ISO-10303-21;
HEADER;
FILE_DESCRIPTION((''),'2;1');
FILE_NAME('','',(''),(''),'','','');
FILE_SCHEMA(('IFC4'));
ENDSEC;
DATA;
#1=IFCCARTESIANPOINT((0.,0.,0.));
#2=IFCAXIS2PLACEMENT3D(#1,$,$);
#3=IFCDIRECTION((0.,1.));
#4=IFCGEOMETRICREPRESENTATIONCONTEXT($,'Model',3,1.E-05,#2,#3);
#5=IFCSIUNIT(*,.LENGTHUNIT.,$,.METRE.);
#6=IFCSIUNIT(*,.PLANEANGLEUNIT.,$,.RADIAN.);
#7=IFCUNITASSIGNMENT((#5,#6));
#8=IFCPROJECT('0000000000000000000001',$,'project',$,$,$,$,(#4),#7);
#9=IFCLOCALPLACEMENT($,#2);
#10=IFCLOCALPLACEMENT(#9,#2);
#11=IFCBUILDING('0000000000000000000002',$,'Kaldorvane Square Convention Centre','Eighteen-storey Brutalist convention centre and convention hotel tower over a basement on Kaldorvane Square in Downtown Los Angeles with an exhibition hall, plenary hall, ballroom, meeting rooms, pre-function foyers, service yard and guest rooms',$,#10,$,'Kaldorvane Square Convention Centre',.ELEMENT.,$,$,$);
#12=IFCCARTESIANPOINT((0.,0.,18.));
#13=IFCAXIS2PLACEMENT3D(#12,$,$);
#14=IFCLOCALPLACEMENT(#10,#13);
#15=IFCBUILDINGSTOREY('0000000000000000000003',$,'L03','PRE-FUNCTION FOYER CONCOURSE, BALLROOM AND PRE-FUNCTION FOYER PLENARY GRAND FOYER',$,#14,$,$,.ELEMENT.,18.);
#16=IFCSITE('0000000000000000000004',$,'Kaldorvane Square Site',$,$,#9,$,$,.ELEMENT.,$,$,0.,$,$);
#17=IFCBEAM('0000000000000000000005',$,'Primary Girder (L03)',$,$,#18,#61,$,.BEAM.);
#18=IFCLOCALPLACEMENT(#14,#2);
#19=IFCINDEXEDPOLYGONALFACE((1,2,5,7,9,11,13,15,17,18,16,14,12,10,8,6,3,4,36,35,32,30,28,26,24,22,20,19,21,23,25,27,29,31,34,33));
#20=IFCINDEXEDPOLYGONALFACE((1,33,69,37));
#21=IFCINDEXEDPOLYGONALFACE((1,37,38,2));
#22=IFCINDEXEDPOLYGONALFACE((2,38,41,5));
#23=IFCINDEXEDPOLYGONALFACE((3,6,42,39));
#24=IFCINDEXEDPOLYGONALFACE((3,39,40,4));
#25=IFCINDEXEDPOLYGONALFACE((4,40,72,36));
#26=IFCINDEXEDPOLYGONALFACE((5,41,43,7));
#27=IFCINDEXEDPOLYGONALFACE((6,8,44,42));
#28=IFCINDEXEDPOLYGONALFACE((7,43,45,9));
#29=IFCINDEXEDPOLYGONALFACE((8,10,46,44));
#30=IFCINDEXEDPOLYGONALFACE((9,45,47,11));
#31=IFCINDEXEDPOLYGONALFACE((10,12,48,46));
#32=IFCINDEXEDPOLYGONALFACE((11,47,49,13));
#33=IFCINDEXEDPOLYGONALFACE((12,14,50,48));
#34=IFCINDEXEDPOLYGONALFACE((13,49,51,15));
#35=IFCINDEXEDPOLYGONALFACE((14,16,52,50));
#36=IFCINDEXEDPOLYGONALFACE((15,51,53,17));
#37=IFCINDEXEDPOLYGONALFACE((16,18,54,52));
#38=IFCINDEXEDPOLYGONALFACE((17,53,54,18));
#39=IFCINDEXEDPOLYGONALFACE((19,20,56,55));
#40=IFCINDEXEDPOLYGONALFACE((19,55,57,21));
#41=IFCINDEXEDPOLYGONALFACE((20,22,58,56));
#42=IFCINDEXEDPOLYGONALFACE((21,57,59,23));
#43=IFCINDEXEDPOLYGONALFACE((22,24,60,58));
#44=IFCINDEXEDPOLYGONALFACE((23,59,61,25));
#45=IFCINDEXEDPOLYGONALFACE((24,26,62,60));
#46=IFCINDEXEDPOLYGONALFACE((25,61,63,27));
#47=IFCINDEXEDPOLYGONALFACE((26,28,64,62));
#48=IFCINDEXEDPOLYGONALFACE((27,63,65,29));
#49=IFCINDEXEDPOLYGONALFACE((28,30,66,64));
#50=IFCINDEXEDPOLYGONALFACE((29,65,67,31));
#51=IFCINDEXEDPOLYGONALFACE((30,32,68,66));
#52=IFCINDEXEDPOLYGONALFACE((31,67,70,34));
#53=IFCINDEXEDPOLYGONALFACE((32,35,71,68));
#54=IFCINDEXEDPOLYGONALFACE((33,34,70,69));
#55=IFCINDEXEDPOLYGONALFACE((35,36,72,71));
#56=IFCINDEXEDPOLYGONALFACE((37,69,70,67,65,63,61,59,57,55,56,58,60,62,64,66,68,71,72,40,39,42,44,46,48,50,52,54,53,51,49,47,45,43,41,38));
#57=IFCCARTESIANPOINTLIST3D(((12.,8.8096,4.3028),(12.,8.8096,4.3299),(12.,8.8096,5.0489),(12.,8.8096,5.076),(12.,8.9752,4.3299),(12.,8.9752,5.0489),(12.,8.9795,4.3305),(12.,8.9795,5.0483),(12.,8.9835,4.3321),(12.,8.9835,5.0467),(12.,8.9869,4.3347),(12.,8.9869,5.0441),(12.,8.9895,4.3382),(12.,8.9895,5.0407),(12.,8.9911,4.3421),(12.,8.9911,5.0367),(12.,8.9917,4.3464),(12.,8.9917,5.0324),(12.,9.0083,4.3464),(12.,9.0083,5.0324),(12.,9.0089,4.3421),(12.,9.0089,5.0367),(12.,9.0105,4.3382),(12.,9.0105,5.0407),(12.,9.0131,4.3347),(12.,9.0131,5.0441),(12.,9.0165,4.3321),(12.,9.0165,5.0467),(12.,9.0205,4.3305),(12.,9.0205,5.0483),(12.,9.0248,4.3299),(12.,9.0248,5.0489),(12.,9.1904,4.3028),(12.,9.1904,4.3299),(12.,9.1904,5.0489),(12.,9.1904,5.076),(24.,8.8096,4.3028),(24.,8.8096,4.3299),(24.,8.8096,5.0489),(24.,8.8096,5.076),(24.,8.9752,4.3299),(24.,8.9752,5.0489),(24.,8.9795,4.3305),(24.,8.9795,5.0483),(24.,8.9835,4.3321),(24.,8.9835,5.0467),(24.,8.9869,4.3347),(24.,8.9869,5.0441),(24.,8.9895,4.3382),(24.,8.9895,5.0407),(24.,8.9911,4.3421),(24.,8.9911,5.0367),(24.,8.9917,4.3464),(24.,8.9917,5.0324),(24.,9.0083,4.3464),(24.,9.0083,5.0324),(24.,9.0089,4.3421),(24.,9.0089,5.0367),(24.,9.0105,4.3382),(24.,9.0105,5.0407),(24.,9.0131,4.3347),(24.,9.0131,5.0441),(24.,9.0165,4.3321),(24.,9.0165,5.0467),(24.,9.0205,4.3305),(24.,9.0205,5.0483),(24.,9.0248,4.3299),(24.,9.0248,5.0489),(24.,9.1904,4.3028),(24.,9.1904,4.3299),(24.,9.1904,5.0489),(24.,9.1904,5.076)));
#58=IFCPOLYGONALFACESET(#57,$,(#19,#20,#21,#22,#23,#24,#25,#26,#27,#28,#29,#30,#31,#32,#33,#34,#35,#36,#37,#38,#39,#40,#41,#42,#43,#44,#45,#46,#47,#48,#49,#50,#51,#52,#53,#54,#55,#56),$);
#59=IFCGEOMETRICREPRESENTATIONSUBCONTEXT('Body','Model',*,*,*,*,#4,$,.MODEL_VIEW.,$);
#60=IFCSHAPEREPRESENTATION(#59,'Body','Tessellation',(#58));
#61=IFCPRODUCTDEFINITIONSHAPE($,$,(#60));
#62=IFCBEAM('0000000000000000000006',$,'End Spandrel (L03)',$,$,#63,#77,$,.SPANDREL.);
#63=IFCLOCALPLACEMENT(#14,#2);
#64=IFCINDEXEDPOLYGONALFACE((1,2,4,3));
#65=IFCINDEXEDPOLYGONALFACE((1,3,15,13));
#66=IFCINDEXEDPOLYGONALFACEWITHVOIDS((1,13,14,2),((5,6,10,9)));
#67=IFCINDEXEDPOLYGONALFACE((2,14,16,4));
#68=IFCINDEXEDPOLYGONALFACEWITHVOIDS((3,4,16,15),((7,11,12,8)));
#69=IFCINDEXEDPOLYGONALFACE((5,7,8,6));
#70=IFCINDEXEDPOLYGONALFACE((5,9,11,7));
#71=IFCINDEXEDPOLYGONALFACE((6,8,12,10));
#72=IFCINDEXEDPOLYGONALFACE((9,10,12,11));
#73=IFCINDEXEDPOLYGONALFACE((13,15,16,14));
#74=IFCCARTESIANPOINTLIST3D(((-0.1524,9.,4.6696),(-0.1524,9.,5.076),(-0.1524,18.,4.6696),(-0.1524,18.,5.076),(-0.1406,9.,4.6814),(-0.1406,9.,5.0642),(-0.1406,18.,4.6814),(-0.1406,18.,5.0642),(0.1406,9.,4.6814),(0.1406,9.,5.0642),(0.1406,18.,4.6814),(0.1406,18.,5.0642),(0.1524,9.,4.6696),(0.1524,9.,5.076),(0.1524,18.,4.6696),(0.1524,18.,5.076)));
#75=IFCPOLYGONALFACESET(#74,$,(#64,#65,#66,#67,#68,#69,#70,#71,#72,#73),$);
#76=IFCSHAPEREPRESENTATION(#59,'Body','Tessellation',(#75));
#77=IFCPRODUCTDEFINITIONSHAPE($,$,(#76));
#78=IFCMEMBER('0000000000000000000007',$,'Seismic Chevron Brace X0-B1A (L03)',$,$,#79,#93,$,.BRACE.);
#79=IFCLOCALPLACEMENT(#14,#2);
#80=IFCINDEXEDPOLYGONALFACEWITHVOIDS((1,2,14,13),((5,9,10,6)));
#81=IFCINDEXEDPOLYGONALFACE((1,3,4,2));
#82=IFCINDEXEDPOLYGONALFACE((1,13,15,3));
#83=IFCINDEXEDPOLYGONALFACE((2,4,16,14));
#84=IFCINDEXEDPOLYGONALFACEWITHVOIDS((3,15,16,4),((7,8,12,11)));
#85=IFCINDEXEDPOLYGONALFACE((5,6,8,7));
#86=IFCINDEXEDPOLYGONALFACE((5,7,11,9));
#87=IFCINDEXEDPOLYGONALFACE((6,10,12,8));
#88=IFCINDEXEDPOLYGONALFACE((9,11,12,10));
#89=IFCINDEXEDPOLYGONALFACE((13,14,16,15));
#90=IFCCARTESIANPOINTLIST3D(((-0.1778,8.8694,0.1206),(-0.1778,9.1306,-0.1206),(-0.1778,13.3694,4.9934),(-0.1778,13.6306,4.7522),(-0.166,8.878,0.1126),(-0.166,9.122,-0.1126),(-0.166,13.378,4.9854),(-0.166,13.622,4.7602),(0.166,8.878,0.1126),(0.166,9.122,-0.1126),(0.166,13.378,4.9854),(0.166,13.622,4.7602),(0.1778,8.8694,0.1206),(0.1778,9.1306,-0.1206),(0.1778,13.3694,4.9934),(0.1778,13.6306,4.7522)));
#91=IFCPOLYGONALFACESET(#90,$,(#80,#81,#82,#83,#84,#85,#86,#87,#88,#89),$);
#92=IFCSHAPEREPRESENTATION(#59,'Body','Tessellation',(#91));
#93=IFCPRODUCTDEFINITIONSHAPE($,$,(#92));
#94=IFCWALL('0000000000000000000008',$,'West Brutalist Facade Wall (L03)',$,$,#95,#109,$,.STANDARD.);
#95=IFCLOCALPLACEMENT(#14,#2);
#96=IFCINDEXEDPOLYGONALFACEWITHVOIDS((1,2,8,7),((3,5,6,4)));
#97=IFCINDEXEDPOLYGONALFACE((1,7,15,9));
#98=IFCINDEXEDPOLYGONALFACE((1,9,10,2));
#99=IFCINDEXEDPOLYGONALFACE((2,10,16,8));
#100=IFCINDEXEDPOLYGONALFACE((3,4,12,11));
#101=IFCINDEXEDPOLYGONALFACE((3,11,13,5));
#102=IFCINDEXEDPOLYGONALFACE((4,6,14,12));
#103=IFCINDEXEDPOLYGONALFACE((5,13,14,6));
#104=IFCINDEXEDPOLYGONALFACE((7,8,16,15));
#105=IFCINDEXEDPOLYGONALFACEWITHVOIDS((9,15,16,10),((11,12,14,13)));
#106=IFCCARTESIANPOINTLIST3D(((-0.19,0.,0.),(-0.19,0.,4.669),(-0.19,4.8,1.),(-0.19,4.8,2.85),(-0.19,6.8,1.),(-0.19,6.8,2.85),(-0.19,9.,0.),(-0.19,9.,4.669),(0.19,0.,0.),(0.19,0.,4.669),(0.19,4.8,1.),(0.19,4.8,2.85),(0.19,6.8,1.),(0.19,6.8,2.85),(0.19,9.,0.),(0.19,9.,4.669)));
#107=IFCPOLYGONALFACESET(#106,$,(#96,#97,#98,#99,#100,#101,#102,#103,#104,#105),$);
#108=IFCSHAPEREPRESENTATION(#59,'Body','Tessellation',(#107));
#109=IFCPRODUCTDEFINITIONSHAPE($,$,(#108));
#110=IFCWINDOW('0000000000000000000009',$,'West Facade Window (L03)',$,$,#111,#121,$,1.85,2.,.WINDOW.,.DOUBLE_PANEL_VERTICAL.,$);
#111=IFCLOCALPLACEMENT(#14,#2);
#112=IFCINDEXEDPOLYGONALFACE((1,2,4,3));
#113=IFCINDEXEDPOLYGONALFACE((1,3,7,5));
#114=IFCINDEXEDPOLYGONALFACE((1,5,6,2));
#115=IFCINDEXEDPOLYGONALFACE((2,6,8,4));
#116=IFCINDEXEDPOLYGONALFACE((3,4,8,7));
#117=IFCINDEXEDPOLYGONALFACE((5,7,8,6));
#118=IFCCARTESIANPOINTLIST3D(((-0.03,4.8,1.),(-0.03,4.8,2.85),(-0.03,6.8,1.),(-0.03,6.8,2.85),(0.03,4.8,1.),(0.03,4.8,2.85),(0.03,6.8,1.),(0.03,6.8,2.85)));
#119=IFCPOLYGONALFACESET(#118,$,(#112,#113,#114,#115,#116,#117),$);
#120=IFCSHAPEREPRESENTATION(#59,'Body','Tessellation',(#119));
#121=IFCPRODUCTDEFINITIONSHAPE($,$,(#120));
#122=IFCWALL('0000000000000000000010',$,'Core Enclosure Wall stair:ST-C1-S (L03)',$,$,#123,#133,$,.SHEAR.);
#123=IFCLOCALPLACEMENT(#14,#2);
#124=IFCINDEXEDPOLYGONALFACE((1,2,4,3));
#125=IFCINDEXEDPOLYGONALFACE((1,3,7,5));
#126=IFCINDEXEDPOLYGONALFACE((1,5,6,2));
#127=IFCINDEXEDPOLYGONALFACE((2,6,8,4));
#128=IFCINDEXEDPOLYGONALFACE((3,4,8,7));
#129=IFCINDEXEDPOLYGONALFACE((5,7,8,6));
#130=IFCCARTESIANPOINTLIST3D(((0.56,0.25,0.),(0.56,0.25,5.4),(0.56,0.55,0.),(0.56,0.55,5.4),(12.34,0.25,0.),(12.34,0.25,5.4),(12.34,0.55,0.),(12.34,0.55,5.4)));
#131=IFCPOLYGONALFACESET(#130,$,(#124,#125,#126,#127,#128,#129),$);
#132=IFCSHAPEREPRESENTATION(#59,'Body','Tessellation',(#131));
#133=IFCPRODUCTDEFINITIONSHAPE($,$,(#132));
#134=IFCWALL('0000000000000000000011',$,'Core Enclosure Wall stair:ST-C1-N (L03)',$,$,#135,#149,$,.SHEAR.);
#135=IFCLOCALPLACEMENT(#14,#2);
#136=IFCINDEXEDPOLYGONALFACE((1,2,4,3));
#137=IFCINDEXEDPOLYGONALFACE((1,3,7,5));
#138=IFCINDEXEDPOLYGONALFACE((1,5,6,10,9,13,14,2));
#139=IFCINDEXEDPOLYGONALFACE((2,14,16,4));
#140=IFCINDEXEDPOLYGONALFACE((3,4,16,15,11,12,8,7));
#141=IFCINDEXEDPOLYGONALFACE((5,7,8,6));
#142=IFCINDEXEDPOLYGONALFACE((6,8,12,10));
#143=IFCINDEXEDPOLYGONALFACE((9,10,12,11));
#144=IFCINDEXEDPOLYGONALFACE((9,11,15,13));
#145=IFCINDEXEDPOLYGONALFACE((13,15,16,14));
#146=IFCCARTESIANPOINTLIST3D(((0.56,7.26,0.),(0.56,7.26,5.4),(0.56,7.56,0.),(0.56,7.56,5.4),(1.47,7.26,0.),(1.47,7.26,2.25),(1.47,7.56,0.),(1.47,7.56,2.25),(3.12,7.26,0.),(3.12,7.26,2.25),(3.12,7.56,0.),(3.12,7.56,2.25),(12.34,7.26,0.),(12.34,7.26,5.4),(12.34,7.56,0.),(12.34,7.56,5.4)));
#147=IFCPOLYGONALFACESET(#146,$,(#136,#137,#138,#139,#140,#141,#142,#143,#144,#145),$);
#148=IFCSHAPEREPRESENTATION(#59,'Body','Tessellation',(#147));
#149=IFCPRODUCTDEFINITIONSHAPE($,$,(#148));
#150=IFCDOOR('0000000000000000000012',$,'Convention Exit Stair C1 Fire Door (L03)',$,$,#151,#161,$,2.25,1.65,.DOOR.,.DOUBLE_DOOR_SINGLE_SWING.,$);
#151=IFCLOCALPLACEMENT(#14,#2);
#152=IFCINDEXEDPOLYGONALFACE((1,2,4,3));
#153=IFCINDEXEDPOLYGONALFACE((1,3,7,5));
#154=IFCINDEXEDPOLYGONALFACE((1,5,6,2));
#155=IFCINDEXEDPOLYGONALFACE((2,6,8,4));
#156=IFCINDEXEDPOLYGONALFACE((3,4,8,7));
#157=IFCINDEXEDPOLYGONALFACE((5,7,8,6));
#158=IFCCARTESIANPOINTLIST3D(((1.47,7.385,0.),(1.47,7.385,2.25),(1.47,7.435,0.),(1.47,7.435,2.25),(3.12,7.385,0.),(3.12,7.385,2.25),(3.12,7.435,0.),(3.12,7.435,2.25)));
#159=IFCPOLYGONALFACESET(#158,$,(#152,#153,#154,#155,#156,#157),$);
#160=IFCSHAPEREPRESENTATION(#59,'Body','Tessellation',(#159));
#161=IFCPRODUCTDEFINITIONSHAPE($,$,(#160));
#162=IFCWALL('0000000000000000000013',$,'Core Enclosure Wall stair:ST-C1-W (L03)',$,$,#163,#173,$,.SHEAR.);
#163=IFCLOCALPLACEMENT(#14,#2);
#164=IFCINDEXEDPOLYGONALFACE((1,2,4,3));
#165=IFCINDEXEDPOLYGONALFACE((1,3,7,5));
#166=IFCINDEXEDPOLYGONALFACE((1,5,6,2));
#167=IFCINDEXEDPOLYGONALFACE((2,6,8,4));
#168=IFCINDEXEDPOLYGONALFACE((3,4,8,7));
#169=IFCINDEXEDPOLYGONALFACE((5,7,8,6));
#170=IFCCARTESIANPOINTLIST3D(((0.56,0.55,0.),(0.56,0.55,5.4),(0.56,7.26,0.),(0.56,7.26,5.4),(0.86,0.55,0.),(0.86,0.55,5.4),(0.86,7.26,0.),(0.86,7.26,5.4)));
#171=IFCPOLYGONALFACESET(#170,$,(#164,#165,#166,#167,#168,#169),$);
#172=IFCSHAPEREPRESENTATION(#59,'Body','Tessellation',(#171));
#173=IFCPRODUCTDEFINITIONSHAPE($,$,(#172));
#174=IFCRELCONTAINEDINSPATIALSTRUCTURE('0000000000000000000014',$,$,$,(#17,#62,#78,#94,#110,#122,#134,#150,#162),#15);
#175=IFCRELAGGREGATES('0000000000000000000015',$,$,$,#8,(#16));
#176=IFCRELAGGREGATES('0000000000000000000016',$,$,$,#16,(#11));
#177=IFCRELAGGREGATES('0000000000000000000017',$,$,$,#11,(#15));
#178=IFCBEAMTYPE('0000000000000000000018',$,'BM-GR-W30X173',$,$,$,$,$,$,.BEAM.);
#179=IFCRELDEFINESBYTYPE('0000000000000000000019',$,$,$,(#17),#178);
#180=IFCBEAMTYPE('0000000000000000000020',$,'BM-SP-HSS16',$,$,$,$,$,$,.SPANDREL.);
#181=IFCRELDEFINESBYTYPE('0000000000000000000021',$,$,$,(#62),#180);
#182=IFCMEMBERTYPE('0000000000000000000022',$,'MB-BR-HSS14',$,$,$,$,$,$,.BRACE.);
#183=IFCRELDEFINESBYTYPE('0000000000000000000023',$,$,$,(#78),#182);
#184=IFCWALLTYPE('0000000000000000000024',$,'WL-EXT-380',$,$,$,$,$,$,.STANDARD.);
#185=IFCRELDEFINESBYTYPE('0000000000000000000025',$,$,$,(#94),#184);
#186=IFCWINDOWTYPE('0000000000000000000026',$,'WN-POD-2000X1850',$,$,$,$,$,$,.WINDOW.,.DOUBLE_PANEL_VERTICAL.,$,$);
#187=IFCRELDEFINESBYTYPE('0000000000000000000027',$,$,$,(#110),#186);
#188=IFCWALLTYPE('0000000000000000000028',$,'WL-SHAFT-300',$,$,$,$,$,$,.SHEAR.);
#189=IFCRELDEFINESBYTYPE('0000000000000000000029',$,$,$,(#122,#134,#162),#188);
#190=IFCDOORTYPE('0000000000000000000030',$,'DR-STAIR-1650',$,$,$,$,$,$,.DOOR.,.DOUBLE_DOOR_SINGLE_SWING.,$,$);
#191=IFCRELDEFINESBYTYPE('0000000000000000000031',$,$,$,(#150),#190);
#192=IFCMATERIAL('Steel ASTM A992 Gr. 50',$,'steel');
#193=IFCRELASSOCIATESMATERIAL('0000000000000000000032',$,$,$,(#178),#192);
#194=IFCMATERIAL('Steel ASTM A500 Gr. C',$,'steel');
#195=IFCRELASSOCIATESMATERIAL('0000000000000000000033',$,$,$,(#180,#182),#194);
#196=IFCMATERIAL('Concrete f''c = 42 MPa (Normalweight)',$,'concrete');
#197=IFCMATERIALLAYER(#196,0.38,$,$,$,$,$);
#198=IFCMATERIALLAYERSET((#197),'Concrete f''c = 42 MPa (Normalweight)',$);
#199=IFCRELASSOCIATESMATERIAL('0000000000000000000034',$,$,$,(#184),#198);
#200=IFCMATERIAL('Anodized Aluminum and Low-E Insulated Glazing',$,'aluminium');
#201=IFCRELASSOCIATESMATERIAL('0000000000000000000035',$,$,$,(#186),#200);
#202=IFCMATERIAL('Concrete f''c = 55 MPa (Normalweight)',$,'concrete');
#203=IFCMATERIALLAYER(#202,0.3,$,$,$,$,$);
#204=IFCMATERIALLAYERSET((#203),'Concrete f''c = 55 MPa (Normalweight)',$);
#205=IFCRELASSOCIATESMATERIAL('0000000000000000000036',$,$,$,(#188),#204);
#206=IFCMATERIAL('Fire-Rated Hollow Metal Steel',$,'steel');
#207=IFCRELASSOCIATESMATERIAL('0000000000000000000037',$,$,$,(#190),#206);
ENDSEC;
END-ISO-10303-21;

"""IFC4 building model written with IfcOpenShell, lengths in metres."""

from ifc_helpers import new_model, si_unit, direction, frame, frame_2d, origin, origin_2d, place, context, subcontext, project, spatial, rectangle, hollow_rectangle, i_section, extrude, material, layer, layer_set, material_profile, profile_set, type_object, element, fill, save


model = new_model("IFC4")

# Units and contexts
model_context = context("Model", 3, precision=1e-05, world=origin(), true_north=direction((0.0, 1.0)))
body_context = subcontext(model_context, "Body", "Model", "MODEL_VIEW")
ifc_project = project(units=[si_unit("LENGTHUNIT", "METRE"), si_unit("PLANEANGLEUNIT", "RADIAN")], contexts=[model_context])

# Site, building, storey
site_placement = place(None, origin())
site = spatial("IfcSite", under=ifc_project, at=site_placement, Name="Kaldorvane Square Site", CompositionType="ELEMENT", RefElevation=0.0)
building_placement = place(site_placement, origin())
building = spatial("IfcBuilding", under=site, at=building_placement, Name="Kaldorvane Square Convention Centre", Description="Eighteen-storey Brutalist convention centre and convention hotel tower over a basement on Kaldorvane Square in Downtown Los Angeles with an exhibition hall, plenary hall, ballroom, meeting rooms, pre-function foyers, service yard and guest rooms", LongName="Kaldorvane Square Convention Centre", CompositionType="ELEMENT")
storey_placement = place(building_placement, frame((0.0, 0.0, 18.0)))
storey = spatial("IfcBuildingStorey", under=building, at=storey_placement, Name="L03", Description="PRE-FUNCTION FOYER CONCOURSE, BALLROOM AND PRE-FUNCTION FOYER PLENARY GRAND FOYER", CompositionType="ELEMENT", Elevation=18.0)

# Shared definitions
ifc_material_1 = material(Name="Steel ASTM A992 Gr. 50", Category="steel")

# Beams
ifc_material_profile_1 = material_profile(ifc_material_1, i_section(OverallWidth=0.3807, OverallDepth=0.7732, WebThickness=0.0166, FlangeThickness=0.0271, FilletRadius=0.0165, at=origin_2d()), Name="W30X173")
ifc_profile_set_1 = profile_set([ifc_material_profile_1], Name="Steel ASTM A992 Gr. 50")
beam_type_1 = type_object("IfcBeamType", Name="BM-GR-W30X173", PredefinedType="BEAM", material=ifc_profile_set_1)
for number, where, z_axis, x_axis, name in (
    (1, (12.0, 9.0, 4.6894), (1.0, 0.0, 0.0), (0.0, 1.0, 0.0), "Primary Girder (L03)"),
):
    element("IfcBeam", number, at=place(storey_placement, frame(where, z_axis=z_axis, x_axis=x_axis)), inside=storey, type_object=beam_type_1, Name=name, PredefinedType="BEAM", context=body_context, shape_type="SweptSolid", body=[
        extrude(i_section(OverallWidth=0.3807, OverallDepth=0.7732, WebThickness=0.0166, FlangeThickness=0.0271, FilletRadius=0.0165, at=origin_2d()), origin(), (0.0, 0.0, 1.0), 12.0),
    ])
ifc_material_2 = material(Name="Steel ASTM A500 Gr. C", Category="steel")
ifc_material_profile_2 = material_profile(ifc_material_2, hollow_rectangle(XDim=0.3048, YDim=0.4064, WallThickness=0.0118, at=origin_2d()), Name="HSS16X12X1/2")
ifc_profile_set_2 = profile_set([ifc_material_profile_2], Name="Steel ASTM A500 Gr. C")
beam_type_2 = type_object("IfcBeamType", Name="BM-SP-HSS16", PredefinedType="SPANDREL", material=ifc_profile_set_2)
beam_1_placement = place(storey_placement, frame((0.0, 9.0, 4.8728), z_axis=(0.0, 1.0, 0.0), x_axis=(-1.0, 0.0, 0.0)))
element("IfcBeam", 2, at=beam_1_placement, inside=storey, type_object=beam_type_2, Name="End Spandrel (L03)", PredefinedType="SPANDREL", context=body_context, shape_type="SweptSolid", body=[
    extrude(hollow_rectangle(XDim=0.3048, YDim=0.4064, WallThickness=0.0118, at=origin_2d()), origin(), (0.0, 0.0, 1.0), 9.0),
])

# Member
ifc_material_profile_3 = material_profile(ifc_material_2, hollow_rectangle(XDim=0.3556, YDim=0.3556, WallThickness=0.0118, at=origin_2d()), Name="HSS14X14X1/2")
ifc_profile_set_3 = profile_set([ifc_material_profile_3], Name="Steel ASTM A500 Gr. C")
member_type = type_object("IfcMemberType", Name="MB-BR-HSS14", PredefinedType="BRACE", material=ifc_profile_set_3)
member_placement = place(storey_placement, frame((0.0, 9.0, 0.0), z_axis=(0.0, 0.678445, 0.734651), x_axis=(-1.0, 0.0, 0.0)))
element("IfcMember", 3, at=member_placement, inside=storey, type_object=member_type, Name="Seismic Chevron Brace X0-B1A (L03)", PredefinedType="BRACE", context=body_context, shape_type="SweptSolid", body=[
    extrude(hollow_rectangle(XDim=0.3556, YDim=0.3556, WallThickness=0.0118, at=origin_2d()), origin(), (0.0, 0.0, 1.0), 6.6328),
])

# Wall, opening, window
ifc_material_3 = material(Name="Concrete f'c = 42 MPa (Normalweight)", Category="concrete")
ifc_layer_1 = layer(ifc_material_3, 0.38)
ifc_layer_set_1 = layer_set([ifc_layer_1], Name="Concrete f'c = 42 MPa (Normalweight)")
wall_type_1 = type_object("IfcWallType", Name="WL-EXT-380", PredefinedType="STANDARD", material=ifc_layer_set_1)
wall_1_placement = place(storey_placement, frame((0.0, 9.0, 0.0), z_axis=(0.0, 0.0, 1.0), x_axis=(0.0, -1.0, 0.0)))
wall_1 = element("IfcWall", 4, at=wall_1_placement, inside=storey, type_object=wall_type_1, Name="West Brutalist Facade Wall (L03)", PredefinedType="STANDARD", context=body_context, shape_type="SweptSolid", body=[
    extrude(rectangle(XDim=9.0, YDim=0.38, at=frame_2d((4.5, 0.0))), origin(), (0.0, 0.0, 1.0), 4.669),
])
opening_1_placement = place(wall_1_placement, frame((2.2, 0.0, 1.0)))
opening_1 = element("IfcOpeningElement", 5, at=opening_1_placement, cuts=wall_1, PredefinedType="OPENING", context=body_context, shape_type="SweptSolid", body=[
    extrude(rectangle(XDim=2.0, YDim=1.85, at=frame_2d((1.0, 0.925))), frame((0.0, 0.205, 0.0), z_axis=(0.0, -1.0, 0.0), x_axis=(1.0, 0.0, 0.0)), (0.0, 0.0, 1.0), 0.41),
])
ifc_material_4 = material(Name="Anodized Aluminum and Low-E Insulated Glazing", Category="aluminium")
window_type = type_object("IfcWindowType", Name="WN-POD-2000X1850", PartitioningType="DOUBLE_PANEL_VERTICAL", PredefinedType="WINDOW", material=ifc_material_4)
window_placement = place(opening_1_placement, origin())
window = element("IfcWindow", 6, at=window_placement, inside=storey, type_object=window_type, Name="West Facade Window (L03)", OverallHeight=1.85, OverallWidth=2.0, PartitioningType="DOUBLE_PANEL_VERTICAL", PredefinedType="WINDOW", context=body_context, shape_type="SweptSolid", body=[
    extrude(rectangle(XDim=2.0, YDim=1.85, at=frame_2d((1.0, 0.925))), frame((0.0, 0.03, 0.0), z_axis=(0.0, -1.0, 0.0), x_axis=(1.0, 0.0, 0.0)), (0.0, 0.0, 1.0), 0.06),
])
fill(opening_1, window)

# Wall
ifc_material_5 = material(Name="Concrete f'c = 55 MPa (Normalweight)", Category="concrete")
ifc_layer_2 = layer(ifc_material_5, 0.3)
ifc_layer_set_2 = layer_set([ifc_layer_2], Name="Concrete f'c = 55 MPa (Normalweight)")
wall_type_2 = type_object("IfcWallType", Name="WL-SHAFT-300", PredefinedType="SHEAR", material=ifc_layer_set_2)
wall_2_placement = place(storey_placement, frame((12.34, 0.4, 0.0), z_axis=(0.0, 0.0, 1.0), x_axis=(-1.0, 0.0, 0.0)))
element("IfcWall", 7, at=wall_2_placement, inside=storey, type_object=wall_type_2, Name="Core Enclosure Wall stair:ST-C1-S (L03)", PredefinedType="SHEAR", context=body_context, shape_type="SweptSolid", body=[
    extrude(rectangle(XDim=11.78, YDim=0.3, at=frame_2d((5.89, 0.0))), origin(), (0.0, 0.0, 1.0), 5.4),
])

# Wall, opening, door
wall_3_placement = place(storey_placement, frame((12.34, 7.41, 0.0), z_axis=(0.0, 0.0, 1.0), x_axis=(-1.0, 0.0, 0.0)))
wall_3 = element("IfcWall", 8, at=wall_3_placement, inside=storey, type_object=wall_type_2, Name="Core Enclosure Wall stair:ST-C1-N (L03)", PredefinedType="SHEAR", context=body_context, shape_type="SweptSolid", body=[
    extrude(rectangle(XDim=11.78, YDim=0.3, at=frame_2d((5.89, 0.0))), origin(), (0.0, 0.0, 1.0), 5.4),
])
opening_2_placement = place(wall_3_placement, frame((9.22, 0.0, 0.0)))
opening_2 = element("IfcOpeningElement", 9, at=opening_2_placement, cuts=wall_3, PredefinedType="OPENING", context=body_context, shape_type="SweptSolid", body=[
    extrude(rectangle(XDim=1.65, YDim=2.25, at=frame_2d((0.825, 1.125))), frame((0.0, 0.165, 0.0), z_axis=(0.0, -1.0, 0.0), x_axis=(1.0, 0.0, 0.0)), (0.0, 0.0, 1.0), 0.33),
])
ifc_material_6 = material(Name="Fire-Rated Hollow Metal Steel", Category="steel")
door_type = type_object("IfcDoorType", Name="DR-STAIR-1650", OperationType="DOUBLE_DOOR_SINGLE_SWING", PredefinedType="DOOR", material=ifc_material_6)
door_placement = place(opening_2_placement, origin())
door = element("IfcDoor", 10, at=door_placement, inside=storey, type_object=door_type, Name="Convention Exit Stair C1 Fire Door (L03)", OperationType="DOUBLE_DOOR_SINGLE_SWING", OverallHeight=2.25, OverallWidth=1.65, PredefinedType="DOOR", context=body_context, shape_type="SweptSolid", body=[
    extrude(rectangle(XDim=1.65, YDim=2.25, at=frame_2d((0.825, 1.125))), frame((0.0, 0.025, 0.0), z_axis=(0.0, -1.0, 0.0), x_axis=(1.0, 0.0, 0.0)), (0.0, 0.0, 1.0), 0.05),
])
fill(opening_2, door)

# Wall
for number, where, z_axis, x_axis, name in (
    (11, (0.71, 7.26, 0.0), (0.0, 0.0, 1.0), (0.0, -1.0, 0.0), "Core Enclosure Wall stair:ST-C1-W (L03)"),
):
    element("IfcWall", number, at=place(storey_placement, frame(where, z_axis=z_axis, x_axis=x_axis)), inside=storey, type_object=wall_type_2, Name=name, PredefinedType="SHEAR", context=body_context, shape_type="SweptSolid", body=[
        extrude(rectangle(XDim=6.71, YDim=0.3, at=frame_2d((3.355, 0.0))), origin(), (0.0, 0.0, 1.0), 5.4),
    ])

save(model, "model.ifc")
